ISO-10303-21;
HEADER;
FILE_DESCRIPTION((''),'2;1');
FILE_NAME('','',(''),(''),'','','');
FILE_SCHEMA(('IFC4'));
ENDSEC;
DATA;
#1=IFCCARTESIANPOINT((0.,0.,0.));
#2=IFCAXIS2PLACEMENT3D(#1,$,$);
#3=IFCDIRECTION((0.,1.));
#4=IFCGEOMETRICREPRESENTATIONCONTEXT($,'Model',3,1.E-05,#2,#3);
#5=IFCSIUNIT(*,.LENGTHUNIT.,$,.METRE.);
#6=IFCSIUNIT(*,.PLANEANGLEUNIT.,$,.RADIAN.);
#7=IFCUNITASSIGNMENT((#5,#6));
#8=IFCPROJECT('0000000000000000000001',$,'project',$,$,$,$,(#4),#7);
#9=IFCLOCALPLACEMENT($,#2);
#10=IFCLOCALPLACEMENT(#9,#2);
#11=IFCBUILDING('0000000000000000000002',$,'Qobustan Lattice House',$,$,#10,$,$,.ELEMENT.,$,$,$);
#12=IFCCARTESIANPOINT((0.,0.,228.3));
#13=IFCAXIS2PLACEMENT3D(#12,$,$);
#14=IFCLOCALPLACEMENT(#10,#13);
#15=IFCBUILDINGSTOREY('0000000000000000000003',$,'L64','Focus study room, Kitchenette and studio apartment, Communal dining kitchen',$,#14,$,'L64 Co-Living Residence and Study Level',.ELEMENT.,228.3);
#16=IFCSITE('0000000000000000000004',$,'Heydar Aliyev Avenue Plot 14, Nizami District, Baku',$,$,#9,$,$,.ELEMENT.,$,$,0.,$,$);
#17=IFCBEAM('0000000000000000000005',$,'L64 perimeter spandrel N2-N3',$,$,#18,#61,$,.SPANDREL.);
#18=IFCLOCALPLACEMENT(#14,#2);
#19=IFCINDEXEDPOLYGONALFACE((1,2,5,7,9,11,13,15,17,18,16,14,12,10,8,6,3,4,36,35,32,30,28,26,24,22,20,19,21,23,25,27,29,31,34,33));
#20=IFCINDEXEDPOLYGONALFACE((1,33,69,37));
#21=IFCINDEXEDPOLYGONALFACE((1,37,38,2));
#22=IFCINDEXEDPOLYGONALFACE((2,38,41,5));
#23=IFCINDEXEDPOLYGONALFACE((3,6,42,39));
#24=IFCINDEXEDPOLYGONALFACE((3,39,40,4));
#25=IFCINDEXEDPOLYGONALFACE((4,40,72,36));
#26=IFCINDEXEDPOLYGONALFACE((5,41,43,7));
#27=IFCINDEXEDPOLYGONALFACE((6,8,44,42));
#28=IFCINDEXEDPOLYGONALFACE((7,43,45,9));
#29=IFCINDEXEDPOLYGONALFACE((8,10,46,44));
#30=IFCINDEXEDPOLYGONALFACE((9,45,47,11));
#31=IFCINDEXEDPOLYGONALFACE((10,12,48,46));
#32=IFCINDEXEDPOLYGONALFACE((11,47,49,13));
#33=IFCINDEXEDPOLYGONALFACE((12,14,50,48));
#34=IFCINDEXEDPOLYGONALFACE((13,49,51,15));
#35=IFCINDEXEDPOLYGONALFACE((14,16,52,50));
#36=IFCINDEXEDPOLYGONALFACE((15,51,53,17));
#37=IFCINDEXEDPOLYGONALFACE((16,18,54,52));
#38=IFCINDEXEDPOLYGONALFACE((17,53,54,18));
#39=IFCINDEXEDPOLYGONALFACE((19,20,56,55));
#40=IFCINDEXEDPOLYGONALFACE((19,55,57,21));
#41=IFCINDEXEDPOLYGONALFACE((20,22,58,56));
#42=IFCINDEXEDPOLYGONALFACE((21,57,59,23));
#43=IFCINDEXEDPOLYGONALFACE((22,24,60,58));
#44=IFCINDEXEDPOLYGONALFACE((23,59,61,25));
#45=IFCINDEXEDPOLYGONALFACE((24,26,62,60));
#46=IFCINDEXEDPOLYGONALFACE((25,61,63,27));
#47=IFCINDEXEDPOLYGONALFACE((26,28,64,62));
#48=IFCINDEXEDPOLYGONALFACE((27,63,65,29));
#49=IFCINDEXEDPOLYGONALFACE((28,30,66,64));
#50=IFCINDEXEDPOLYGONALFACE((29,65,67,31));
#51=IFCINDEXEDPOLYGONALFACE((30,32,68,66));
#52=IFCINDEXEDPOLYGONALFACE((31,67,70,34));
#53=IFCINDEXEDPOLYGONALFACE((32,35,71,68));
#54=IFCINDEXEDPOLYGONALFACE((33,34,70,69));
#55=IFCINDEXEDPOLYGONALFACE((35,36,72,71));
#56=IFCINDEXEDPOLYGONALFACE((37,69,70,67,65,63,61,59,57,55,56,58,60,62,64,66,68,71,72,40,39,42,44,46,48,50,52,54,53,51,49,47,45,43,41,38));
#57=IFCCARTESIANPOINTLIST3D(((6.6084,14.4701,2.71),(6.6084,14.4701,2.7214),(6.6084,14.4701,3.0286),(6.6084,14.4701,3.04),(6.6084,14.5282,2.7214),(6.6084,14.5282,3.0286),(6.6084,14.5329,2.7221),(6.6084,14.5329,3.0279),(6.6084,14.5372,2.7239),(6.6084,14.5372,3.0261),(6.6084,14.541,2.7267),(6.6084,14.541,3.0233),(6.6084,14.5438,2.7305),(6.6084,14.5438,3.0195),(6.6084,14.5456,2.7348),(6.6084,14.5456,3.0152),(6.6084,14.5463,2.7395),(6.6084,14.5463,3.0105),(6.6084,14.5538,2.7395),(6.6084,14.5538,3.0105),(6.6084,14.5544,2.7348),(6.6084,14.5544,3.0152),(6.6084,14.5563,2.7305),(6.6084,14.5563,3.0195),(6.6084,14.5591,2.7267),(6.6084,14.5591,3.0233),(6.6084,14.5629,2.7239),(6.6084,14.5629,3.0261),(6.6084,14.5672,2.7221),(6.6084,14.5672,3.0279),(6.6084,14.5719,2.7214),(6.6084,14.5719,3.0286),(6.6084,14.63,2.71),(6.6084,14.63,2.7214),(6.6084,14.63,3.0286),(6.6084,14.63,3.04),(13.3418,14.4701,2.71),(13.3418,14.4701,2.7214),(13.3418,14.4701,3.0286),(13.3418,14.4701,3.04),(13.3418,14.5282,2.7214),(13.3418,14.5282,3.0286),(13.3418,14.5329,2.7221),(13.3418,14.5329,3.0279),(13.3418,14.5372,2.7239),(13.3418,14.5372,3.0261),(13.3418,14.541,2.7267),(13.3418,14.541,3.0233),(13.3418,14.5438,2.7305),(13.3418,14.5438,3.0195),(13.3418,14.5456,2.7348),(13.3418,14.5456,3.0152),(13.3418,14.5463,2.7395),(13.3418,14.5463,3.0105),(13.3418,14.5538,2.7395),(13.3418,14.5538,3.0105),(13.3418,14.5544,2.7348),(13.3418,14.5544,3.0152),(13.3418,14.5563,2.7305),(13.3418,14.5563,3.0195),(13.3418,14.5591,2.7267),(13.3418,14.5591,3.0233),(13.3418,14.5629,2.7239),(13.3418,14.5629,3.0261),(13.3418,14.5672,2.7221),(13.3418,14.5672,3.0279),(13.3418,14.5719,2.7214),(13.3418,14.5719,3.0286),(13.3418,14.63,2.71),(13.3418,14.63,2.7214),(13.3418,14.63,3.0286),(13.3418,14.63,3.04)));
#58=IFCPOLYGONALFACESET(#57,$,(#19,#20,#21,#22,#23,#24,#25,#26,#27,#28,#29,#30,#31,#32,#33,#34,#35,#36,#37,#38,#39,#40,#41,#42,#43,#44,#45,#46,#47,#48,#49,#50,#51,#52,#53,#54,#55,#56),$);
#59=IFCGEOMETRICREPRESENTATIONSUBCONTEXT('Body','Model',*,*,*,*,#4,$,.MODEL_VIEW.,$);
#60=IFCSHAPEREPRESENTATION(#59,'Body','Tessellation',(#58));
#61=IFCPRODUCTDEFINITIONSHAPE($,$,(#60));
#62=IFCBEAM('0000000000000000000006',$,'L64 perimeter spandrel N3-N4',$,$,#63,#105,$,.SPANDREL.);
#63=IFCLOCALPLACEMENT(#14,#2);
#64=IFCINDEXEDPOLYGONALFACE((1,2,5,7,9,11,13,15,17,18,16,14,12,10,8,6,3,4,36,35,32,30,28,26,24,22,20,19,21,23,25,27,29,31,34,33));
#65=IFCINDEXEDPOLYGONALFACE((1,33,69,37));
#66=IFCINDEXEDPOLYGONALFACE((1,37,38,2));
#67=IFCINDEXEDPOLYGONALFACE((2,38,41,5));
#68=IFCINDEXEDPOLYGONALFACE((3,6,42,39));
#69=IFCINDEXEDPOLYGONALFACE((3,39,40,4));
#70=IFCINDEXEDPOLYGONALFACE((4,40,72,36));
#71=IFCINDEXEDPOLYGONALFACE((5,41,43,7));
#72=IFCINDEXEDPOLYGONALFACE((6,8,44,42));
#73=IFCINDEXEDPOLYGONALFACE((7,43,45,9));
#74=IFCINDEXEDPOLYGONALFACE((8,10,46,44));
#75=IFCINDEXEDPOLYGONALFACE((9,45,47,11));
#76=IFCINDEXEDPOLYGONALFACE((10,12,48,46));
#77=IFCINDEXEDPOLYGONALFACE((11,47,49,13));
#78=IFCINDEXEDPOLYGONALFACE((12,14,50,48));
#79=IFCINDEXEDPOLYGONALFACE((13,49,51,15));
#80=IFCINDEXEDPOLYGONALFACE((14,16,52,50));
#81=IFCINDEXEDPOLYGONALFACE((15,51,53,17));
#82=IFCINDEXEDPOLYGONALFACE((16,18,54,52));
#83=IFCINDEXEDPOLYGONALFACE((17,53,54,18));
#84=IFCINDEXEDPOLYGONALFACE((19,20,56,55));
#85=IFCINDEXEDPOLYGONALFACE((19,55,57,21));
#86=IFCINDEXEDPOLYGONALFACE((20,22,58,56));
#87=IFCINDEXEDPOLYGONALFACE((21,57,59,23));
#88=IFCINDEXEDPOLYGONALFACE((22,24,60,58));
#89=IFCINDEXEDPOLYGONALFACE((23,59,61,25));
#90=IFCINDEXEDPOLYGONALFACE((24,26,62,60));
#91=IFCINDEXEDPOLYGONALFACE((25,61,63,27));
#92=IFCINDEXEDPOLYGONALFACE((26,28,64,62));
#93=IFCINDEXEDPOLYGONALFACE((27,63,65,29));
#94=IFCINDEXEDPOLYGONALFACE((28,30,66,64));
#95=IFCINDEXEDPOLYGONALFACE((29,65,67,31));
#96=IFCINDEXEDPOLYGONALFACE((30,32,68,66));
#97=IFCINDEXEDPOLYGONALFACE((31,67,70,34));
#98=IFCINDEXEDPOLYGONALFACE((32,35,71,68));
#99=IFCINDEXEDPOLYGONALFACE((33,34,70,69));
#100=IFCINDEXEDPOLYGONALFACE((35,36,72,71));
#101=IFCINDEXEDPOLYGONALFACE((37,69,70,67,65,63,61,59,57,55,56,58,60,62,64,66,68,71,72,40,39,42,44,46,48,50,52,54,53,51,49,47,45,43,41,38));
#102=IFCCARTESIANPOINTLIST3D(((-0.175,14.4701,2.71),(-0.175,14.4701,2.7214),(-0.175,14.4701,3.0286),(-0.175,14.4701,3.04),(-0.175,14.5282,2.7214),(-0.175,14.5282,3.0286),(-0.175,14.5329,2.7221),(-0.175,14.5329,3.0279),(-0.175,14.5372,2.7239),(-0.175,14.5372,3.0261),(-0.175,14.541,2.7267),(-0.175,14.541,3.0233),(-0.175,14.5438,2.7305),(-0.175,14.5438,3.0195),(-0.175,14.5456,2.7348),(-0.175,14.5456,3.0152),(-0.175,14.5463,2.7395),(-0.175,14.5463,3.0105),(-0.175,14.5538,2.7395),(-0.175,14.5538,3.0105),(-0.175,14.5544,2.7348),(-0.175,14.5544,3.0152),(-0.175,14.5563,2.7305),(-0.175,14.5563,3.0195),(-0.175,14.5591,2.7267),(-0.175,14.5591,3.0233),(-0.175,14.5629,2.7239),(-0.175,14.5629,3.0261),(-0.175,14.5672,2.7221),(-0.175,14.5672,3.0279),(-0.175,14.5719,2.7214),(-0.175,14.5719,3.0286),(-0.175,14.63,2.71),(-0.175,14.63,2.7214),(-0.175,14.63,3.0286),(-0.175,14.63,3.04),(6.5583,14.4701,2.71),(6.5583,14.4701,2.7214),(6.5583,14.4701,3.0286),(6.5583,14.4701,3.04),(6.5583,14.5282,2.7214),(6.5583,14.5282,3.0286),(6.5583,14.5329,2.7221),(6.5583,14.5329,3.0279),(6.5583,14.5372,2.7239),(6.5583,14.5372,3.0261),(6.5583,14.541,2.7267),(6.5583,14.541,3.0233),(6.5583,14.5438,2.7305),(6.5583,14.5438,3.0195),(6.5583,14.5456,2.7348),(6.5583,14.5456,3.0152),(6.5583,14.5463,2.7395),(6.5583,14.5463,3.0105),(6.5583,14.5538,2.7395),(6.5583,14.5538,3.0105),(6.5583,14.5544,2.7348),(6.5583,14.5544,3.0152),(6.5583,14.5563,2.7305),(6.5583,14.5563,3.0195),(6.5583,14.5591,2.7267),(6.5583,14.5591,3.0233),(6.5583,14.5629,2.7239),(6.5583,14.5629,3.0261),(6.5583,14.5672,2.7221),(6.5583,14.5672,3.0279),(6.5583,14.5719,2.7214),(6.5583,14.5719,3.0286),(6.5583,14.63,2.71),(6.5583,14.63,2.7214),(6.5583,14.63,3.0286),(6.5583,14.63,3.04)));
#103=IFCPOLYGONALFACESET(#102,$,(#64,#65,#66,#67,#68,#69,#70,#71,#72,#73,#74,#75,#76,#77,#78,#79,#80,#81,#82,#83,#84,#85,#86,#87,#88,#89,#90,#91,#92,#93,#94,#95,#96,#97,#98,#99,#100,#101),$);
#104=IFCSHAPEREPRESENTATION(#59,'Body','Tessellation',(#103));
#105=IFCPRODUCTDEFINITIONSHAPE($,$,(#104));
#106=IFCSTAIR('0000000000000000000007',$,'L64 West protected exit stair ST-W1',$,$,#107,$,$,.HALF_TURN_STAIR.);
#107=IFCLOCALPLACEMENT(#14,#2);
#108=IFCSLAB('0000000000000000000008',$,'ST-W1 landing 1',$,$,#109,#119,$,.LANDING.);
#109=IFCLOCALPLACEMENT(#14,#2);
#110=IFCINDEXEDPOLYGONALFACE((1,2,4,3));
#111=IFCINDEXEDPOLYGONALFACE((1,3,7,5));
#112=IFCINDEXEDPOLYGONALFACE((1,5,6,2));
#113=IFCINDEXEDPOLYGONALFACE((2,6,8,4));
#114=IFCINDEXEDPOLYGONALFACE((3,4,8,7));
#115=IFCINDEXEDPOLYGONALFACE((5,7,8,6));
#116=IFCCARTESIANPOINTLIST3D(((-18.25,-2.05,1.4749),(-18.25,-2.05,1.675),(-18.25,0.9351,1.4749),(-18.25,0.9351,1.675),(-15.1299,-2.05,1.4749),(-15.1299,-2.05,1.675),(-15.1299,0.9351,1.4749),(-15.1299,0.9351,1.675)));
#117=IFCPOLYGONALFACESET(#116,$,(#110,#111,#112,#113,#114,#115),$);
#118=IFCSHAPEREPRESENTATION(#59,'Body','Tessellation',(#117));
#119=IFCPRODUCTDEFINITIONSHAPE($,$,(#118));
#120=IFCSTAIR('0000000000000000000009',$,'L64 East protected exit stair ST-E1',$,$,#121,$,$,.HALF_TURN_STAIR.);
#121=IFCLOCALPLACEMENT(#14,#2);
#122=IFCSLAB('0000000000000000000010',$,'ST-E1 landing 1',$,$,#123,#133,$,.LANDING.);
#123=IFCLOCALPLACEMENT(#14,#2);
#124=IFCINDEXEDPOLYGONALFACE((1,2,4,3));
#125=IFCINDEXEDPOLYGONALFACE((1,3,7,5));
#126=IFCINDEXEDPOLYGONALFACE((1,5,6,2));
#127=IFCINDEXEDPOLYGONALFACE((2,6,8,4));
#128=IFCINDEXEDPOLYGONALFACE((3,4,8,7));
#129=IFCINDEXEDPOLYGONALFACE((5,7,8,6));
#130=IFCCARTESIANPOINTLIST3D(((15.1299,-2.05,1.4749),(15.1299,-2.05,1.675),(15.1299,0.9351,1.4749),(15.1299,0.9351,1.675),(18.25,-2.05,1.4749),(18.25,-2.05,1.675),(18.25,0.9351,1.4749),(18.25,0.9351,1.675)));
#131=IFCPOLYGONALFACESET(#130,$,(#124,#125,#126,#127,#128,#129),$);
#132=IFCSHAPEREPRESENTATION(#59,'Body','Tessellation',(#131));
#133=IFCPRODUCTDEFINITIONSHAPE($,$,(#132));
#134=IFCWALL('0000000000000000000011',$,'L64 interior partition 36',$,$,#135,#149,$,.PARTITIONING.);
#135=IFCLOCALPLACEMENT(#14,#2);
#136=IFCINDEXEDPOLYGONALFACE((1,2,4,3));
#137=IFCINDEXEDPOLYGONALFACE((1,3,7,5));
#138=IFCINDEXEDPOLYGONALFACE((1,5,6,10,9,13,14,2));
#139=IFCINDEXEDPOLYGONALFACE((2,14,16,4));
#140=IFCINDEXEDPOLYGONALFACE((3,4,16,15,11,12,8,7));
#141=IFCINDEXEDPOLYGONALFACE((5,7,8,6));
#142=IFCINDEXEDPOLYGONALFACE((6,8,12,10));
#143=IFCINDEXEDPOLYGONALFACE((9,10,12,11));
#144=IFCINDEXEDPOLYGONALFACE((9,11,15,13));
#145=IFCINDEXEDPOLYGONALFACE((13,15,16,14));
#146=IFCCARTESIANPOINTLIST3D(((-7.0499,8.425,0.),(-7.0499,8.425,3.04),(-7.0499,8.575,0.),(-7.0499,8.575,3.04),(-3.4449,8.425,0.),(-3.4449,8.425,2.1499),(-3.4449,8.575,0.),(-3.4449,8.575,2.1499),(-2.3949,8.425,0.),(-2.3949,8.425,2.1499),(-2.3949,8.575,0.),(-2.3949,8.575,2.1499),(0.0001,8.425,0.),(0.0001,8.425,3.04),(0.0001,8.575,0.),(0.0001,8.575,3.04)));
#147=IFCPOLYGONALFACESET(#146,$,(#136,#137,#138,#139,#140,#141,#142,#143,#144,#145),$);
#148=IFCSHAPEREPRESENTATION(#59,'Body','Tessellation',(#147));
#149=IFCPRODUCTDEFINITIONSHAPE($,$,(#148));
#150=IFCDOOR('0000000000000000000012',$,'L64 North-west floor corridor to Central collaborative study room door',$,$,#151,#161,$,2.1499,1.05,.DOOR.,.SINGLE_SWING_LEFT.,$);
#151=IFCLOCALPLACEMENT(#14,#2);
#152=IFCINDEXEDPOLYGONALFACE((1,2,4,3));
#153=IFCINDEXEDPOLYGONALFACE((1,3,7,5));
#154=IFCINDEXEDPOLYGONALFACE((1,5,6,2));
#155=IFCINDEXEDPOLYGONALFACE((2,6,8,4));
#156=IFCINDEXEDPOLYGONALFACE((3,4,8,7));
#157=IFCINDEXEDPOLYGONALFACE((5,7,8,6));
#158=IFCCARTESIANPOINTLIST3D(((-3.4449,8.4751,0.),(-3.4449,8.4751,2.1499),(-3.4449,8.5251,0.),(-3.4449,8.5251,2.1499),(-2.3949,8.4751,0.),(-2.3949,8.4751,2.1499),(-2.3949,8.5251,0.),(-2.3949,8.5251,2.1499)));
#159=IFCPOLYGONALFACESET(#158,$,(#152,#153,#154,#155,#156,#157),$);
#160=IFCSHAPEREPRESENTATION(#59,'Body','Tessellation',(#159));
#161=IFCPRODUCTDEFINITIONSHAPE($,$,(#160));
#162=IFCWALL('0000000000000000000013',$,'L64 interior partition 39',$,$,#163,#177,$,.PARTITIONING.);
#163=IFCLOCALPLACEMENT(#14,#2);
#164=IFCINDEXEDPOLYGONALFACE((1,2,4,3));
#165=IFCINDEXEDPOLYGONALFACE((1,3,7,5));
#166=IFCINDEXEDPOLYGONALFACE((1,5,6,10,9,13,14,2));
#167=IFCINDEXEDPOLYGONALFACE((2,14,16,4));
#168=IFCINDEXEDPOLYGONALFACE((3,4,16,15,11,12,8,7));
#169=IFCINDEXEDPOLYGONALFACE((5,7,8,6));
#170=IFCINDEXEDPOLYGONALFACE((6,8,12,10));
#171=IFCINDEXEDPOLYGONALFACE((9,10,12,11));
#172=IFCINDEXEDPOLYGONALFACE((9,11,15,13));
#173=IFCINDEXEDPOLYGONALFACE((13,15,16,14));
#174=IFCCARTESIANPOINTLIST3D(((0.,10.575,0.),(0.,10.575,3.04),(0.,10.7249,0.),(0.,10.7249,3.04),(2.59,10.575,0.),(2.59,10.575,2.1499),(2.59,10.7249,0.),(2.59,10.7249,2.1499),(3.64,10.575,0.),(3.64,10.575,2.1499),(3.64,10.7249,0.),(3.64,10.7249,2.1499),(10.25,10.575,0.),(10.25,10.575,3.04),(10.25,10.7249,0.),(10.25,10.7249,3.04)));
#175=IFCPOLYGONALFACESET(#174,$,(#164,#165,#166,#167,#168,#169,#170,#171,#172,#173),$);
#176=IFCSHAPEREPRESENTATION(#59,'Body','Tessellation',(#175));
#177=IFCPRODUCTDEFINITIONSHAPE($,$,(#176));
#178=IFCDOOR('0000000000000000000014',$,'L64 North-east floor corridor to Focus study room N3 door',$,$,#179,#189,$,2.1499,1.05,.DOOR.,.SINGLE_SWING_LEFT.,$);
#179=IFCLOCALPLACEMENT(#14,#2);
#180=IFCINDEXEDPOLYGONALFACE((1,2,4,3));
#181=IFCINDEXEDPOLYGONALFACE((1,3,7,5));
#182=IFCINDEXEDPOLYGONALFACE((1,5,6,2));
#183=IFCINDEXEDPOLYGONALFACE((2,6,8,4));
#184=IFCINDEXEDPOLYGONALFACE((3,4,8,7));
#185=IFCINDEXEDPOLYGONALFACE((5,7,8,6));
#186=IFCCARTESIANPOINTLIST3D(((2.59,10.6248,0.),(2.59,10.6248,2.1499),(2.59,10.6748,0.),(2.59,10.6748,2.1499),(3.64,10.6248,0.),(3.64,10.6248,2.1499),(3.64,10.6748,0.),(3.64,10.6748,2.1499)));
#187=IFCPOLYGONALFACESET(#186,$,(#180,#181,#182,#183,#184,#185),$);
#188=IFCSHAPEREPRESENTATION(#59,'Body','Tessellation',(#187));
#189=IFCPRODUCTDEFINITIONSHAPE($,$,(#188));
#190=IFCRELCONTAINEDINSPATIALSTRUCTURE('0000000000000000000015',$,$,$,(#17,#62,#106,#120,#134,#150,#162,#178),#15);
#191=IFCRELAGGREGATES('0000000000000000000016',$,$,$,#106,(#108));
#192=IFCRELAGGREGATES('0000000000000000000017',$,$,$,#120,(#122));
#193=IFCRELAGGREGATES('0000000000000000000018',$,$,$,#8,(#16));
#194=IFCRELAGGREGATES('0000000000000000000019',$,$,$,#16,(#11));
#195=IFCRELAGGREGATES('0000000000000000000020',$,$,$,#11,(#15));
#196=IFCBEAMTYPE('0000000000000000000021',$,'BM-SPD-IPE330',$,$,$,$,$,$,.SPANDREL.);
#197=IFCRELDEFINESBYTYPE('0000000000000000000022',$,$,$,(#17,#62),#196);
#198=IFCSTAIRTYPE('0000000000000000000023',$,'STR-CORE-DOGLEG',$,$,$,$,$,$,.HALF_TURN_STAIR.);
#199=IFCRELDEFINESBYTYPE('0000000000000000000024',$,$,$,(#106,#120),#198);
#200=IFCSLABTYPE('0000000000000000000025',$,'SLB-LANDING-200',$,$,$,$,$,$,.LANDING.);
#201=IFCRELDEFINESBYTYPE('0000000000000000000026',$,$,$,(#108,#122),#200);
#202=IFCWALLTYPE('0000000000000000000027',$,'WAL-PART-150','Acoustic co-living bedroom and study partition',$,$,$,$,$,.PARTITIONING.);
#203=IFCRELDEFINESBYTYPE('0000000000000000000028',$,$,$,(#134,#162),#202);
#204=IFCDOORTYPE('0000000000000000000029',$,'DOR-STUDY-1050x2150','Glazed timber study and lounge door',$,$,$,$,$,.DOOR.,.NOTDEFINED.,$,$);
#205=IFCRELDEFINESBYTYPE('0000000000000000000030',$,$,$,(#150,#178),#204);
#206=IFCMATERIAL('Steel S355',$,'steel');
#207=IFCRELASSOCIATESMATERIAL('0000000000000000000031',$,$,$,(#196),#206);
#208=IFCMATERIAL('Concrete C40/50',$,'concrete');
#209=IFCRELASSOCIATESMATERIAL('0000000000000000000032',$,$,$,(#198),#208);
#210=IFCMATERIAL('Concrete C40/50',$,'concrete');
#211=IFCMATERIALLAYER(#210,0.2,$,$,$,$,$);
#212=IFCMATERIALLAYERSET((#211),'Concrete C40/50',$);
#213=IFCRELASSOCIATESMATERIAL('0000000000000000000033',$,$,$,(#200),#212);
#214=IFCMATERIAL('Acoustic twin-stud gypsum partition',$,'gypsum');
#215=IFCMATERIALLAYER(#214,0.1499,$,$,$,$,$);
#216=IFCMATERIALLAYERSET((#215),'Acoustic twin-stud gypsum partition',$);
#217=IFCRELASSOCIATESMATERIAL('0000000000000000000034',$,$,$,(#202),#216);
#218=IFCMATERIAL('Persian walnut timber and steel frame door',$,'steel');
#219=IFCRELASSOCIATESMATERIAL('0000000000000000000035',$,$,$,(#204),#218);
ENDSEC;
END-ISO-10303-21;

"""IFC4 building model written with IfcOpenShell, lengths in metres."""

from ifc_helpers import new_model, si_unit, direction, frame, frame_2d, origin, origin_2d, place, context, subcontext, project, spatial, polyline, rectangle, i_section, outline, extrude, material, layer, layer_set, material_profile, profile_set, type_object, element, fill, aggregate, save


model = new_model("IFC4")

# Units and contexts
model_context = context("Model", 3, precision=1e-05, world=origin(), true_north=direction((0.0, 1.0)))
body_context = subcontext(model_context, "Body", "Model", "MODEL_VIEW")
ifc_project = project(units=[si_unit("LENGTHUNIT", "METRE"), si_unit("PLANEANGLEUNIT", "RADIAN")], contexts=[model_context])

# Site, building, storey
site_placement = place(None, origin())
site = spatial("IfcSite", under=ifc_project, at=site_placement, Name="Heydar Aliyev Avenue Plot 14, Nizami District, Baku", CompositionType="ELEMENT", RefElevation=0.0)
building_placement = place(site_placement, origin())
building = spatial("IfcBuilding", under=site, at=building_placement, Name="Qobustan Lattice House", CompositionType="ELEMENT")
storey_placement = place(building_placement, frame((0.0, 0.0, 228.3)))
storey = spatial("IfcBuildingStorey", under=building, at=storey_placement, Name="L64", Description="Focus study room, Kitchenette and studio apartment, Communal dining kitchen", LongName="L64 Co-Living Residence and Study Level", CompositionType="ELEMENT", Elevation=228.3)

# Beams
ifc_material_1 = material(Name="Steel S355", Category="steel")
ifc_material_profile_1 = material_profile(ifc_material_1, i_section(OverallWidth=0.1599, OverallDepth=0.3301, WebThickness=0.0076, FlangeThickness=0.0115, FilletRadius=0.0181, at=origin_2d()), Name="IPE330")
ifc_profile_set_1 = profile_set([ifc_material_profile_1], Name="Steel S355")
beam_type_1 = type_object("IfcBeamType", Name="BM-SPD-IPE330", PredefinedType="SPANDREL", material=ifc_profile_set_1)
for number, where, z_axis, x_axis, name in (
    (1, (13.3418, 14.55, 2.875), (-1.0, 0.0, 0.0), (0.0, -1.0, 0.0), "L64 perimeter spandrel N2-N3"),
    (2, (6.5583, 14.55, 2.875), (-1.0, 0.0, 0.0), (0.0, -1.0, 0.0), "L64 perimeter spandrel N3-N4"),
):
    element("IfcBeam", number, at=place(storey_placement, frame(where, z_axis=z_axis, x_axis=x_axis)), inside=storey, type_object=beam_type_1, Name=name, PredefinedType="SPANDREL", context=body_context, shape_type="SweptSolid", body=[
        extrude(i_section(OverallWidth=0.1599, OverallDepth=0.3301, WebThickness=0.0076, FlangeThickness=0.0115, FilletRadius=0.0181, at=origin_2d()), origin(), (0.0, 0.0, 1.0), 6.7334),
    ])

# Stairs, slabs
ifc_material_2 = material(Name="Concrete C40/50", Category="concrete")
stair_type = type_object("IfcStairType", Name="STR-CORE-DOGLEG", PredefinedType="HALF_TURN_STAIR", material=ifc_material_2)
stair_1_placement = place(storey_placement, origin())
stair_1 = element("IfcStair", 3, at=stair_1_placement, inside=storey, type_object=stair_type, Name="L64 West protected exit stair ST-W1", PredefinedType="HALF_TURN_STAIR")
ifc_material_3 = material(Name="Concrete C40/50", Category="concrete")
ifc_layer_1 = layer(ifc_material_3, 0.2)
ifc_layer_set_1 = layer_set([ifc_layer_1], Name="Concrete C40/50")
slab_type = type_object("IfcSlabType", Name="SLB-LANDING-200", PredefinedType="LANDING", material=ifc_layer_set_1)
slab_1_placement = place(storey_placement, frame((0.0, 0.0, 1.4749)))
slab_1 = element("IfcSlab", 4, at=slab_1_placement, type_object=slab_type, Name="ST-W1 landing 1", PredefinedType="LANDING", context=body_context, shape_type="SweptSolid", body=[
    extrude(outline(polyline([(-18.25, 0.9351), (-18.25, -2.05), (-15.1299, -2.05), (-15.1299, 0.9351), (-18.25, 0.9351)])), origin(), (0.0, 0.0, 1.0), 0.2002),
])
aggregate(stair_1, [slab_1])
stair_2_placement = place(storey_placement, origin())
stair_2 = element("IfcStair", 5, at=stair_2_placement, inside=storey, type_object=stair_type, Name="L64 East protected exit stair ST-E1", PredefinedType="HALF_TURN_STAIR")
slab_2_placement = place(storey_placement, frame((0.0, 0.0, 1.4749)))
slab_2 = element("IfcSlab", 6, at=slab_2_placement, type_object=slab_type, Name="ST-E1 landing 1", PredefinedType="LANDING", context=body_context, shape_type="SweptSolid", body=[
    extrude(outline(polyline([(15.1299, 0.9351), (15.1299, -2.05), (18.25, -2.05), (18.25, 0.9351), (15.1299, 0.9351)])), origin(), (0.0, 0.0, 1.0), 0.2002),
])
aggregate(stair_2, [slab_2])

# Walls, openings, doors
ifc_material_4 = material(Name="Acoustic twin-stud gypsum partition", Category="gypsum")
ifc_layer_2 = layer(ifc_material_4, 0.1499)
ifc_layer_set_2 = layer_set([ifc_layer_2], Name="Acoustic twin-stud gypsum partition")
wall_type_1 = type_object("IfcWallType", Name="WAL-PART-150", Description="Acoustic co-living bedroom and study partition", PredefinedType="PARTITIONING", material=ifc_layer_set_2)
wall_1_placement = place(storey_placement, frame((0.0, 8.5, 0.0), z_axis=(0.0, 0.0, 1.0), x_axis=(-1.0, 0.0, 0.0)))
wall_1 = element("IfcWall", 7, at=wall_1_placement, inside=storey, type_object=wall_type_1, Name="L64 interior partition 36", PredefinedType="PARTITIONING", context=body_context, shape_type="SweptSolid", body=[
    extrude(rectangle(XDim=7.05, YDim=0.1499, at=frame_2d((3.5249, 0.0))), origin(), (0.0, 0.0, 1.0), 3.04),
])
opening_1_placement = place(wall_1_placement, frame((2.395, 0.0, 0.0)))
opening_1 = element("IfcOpeningElement", 8, at=opening_1_placement, cuts=wall_1, PredefinedType="OPENING", context=body_context, shape_type="SweptSolid", body=[
    extrude(rectangle(XDim=1.05, YDim=2.1499, at=frame_2d((0.5249, 1.075))), frame((0.0, 0.085, 0.0), z_axis=(0.0, -1.0, 0.0), x_axis=(1.0, 0.0, 0.0)), (0.0, 0.0, 1.0), 0.1699),
])
ifc_material_5 = material(Name="Persian walnut timber and steel frame door", Category="steel")
door_type_1 = type_object("IfcDoorType", Name="DOR-STUDY-1050x2150", Description="Glazed timber study and lounge door", OperationType="NOTDEFINED", PredefinedType="DOOR", material=ifc_material_5)
door_1_placement = place(opening_1_placement, origin())
door_1 = element("IfcDoor", 9, at=door_1_placement, inside=storey, type_object=door_type_1, Name="L64 North-west floor corridor to Central collaborative study room door", OperationType="SINGLE_SWING_LEFT", OverallHeight=2.1499, OverallWidth=1.05, PredefinedType="DOOR", context=body_context, shape_type="SweptSolid", body=[
    extrude(rectangle(XDim=1.05, YDim=2.1499, at=frame_2d((0.5249, 1.075))), frame((0.0, 0.0249, 0.0), z_axis=(0.0, -1.0, 0.0), x_axis=(1.0, 0.0, 0.0)), (0.0, 0.0, 1.0), 0.05),
])
fill(opening_1, door_1)
wall_2_placement = place(storey_placement, frame((0.0, 10.6499, 0.0), z_axis=(0.0, 0.0, 1.0), x_axis=(1.0, 0.0, 0.0)))
wall_2 = element("IfcWall", 10, at=wall_2_placement, inside=storey, type_object=wall_type_1, Name="L64 interior partition 39", PredefinedType="PARTITIONING", context=body_context, shape_type="SweptSolid", body=[
    extrude(rectangle(XDim=10.25, YDim=0.1499, at=frame_2d((5.125, 0.0))), origin(), (0.0, 0.0, 1.0), 3.04),
])
opening_2_placement = place(wall_2_placement, frame((2.5901, 0.0, 0.0)))
opening_2 = element("IfcOpeningElement", 11, at=opening_2_placement, cuts=wall_2, PredefinedType="OPENING", context=body_context, shape_type="SweptSolid", body=[
    extrude(rectangle(XDim=1.05, YDim=2.1499, at=frame_2d((0.5249, 1.075))), frame((0.0, 0.085, 0.0), z_axis=(0.0, -1.0, 0.0), x_axis=(1.0, 0.0, 0.0)), (0.0, 0.0, 1.0), 0.1699),
])
door_2_placement = place(opening_2_placement, origin())
door_2 = element("IfcDoor", 12, at=door_2_placement, inside=storey, type_object=door_type_1, Name="L64 North-east floor corridor to Focus study room N3 door", OperationType="SINGLE_SWING_LEFT", OverallHeight=2.1499, OverallWidth=1.05, PredefinedType="DOOR", context=body_context, shape_type="SweptSolid", body=[
    extrude(rectangle(XDim=1.05, YDim=2.1499, at=frame_2d((0.5249, 1.075))), frame((0.0, 0.0249, 0.0), z_axis=(0.0, -1.0, 0.0), x_axis=(1.0, 0.0, 0.0)), (0.0, 0.0, 1.0), 0.05),
])
fill(opening_2, door_2)

save(model, "model.ifc")
